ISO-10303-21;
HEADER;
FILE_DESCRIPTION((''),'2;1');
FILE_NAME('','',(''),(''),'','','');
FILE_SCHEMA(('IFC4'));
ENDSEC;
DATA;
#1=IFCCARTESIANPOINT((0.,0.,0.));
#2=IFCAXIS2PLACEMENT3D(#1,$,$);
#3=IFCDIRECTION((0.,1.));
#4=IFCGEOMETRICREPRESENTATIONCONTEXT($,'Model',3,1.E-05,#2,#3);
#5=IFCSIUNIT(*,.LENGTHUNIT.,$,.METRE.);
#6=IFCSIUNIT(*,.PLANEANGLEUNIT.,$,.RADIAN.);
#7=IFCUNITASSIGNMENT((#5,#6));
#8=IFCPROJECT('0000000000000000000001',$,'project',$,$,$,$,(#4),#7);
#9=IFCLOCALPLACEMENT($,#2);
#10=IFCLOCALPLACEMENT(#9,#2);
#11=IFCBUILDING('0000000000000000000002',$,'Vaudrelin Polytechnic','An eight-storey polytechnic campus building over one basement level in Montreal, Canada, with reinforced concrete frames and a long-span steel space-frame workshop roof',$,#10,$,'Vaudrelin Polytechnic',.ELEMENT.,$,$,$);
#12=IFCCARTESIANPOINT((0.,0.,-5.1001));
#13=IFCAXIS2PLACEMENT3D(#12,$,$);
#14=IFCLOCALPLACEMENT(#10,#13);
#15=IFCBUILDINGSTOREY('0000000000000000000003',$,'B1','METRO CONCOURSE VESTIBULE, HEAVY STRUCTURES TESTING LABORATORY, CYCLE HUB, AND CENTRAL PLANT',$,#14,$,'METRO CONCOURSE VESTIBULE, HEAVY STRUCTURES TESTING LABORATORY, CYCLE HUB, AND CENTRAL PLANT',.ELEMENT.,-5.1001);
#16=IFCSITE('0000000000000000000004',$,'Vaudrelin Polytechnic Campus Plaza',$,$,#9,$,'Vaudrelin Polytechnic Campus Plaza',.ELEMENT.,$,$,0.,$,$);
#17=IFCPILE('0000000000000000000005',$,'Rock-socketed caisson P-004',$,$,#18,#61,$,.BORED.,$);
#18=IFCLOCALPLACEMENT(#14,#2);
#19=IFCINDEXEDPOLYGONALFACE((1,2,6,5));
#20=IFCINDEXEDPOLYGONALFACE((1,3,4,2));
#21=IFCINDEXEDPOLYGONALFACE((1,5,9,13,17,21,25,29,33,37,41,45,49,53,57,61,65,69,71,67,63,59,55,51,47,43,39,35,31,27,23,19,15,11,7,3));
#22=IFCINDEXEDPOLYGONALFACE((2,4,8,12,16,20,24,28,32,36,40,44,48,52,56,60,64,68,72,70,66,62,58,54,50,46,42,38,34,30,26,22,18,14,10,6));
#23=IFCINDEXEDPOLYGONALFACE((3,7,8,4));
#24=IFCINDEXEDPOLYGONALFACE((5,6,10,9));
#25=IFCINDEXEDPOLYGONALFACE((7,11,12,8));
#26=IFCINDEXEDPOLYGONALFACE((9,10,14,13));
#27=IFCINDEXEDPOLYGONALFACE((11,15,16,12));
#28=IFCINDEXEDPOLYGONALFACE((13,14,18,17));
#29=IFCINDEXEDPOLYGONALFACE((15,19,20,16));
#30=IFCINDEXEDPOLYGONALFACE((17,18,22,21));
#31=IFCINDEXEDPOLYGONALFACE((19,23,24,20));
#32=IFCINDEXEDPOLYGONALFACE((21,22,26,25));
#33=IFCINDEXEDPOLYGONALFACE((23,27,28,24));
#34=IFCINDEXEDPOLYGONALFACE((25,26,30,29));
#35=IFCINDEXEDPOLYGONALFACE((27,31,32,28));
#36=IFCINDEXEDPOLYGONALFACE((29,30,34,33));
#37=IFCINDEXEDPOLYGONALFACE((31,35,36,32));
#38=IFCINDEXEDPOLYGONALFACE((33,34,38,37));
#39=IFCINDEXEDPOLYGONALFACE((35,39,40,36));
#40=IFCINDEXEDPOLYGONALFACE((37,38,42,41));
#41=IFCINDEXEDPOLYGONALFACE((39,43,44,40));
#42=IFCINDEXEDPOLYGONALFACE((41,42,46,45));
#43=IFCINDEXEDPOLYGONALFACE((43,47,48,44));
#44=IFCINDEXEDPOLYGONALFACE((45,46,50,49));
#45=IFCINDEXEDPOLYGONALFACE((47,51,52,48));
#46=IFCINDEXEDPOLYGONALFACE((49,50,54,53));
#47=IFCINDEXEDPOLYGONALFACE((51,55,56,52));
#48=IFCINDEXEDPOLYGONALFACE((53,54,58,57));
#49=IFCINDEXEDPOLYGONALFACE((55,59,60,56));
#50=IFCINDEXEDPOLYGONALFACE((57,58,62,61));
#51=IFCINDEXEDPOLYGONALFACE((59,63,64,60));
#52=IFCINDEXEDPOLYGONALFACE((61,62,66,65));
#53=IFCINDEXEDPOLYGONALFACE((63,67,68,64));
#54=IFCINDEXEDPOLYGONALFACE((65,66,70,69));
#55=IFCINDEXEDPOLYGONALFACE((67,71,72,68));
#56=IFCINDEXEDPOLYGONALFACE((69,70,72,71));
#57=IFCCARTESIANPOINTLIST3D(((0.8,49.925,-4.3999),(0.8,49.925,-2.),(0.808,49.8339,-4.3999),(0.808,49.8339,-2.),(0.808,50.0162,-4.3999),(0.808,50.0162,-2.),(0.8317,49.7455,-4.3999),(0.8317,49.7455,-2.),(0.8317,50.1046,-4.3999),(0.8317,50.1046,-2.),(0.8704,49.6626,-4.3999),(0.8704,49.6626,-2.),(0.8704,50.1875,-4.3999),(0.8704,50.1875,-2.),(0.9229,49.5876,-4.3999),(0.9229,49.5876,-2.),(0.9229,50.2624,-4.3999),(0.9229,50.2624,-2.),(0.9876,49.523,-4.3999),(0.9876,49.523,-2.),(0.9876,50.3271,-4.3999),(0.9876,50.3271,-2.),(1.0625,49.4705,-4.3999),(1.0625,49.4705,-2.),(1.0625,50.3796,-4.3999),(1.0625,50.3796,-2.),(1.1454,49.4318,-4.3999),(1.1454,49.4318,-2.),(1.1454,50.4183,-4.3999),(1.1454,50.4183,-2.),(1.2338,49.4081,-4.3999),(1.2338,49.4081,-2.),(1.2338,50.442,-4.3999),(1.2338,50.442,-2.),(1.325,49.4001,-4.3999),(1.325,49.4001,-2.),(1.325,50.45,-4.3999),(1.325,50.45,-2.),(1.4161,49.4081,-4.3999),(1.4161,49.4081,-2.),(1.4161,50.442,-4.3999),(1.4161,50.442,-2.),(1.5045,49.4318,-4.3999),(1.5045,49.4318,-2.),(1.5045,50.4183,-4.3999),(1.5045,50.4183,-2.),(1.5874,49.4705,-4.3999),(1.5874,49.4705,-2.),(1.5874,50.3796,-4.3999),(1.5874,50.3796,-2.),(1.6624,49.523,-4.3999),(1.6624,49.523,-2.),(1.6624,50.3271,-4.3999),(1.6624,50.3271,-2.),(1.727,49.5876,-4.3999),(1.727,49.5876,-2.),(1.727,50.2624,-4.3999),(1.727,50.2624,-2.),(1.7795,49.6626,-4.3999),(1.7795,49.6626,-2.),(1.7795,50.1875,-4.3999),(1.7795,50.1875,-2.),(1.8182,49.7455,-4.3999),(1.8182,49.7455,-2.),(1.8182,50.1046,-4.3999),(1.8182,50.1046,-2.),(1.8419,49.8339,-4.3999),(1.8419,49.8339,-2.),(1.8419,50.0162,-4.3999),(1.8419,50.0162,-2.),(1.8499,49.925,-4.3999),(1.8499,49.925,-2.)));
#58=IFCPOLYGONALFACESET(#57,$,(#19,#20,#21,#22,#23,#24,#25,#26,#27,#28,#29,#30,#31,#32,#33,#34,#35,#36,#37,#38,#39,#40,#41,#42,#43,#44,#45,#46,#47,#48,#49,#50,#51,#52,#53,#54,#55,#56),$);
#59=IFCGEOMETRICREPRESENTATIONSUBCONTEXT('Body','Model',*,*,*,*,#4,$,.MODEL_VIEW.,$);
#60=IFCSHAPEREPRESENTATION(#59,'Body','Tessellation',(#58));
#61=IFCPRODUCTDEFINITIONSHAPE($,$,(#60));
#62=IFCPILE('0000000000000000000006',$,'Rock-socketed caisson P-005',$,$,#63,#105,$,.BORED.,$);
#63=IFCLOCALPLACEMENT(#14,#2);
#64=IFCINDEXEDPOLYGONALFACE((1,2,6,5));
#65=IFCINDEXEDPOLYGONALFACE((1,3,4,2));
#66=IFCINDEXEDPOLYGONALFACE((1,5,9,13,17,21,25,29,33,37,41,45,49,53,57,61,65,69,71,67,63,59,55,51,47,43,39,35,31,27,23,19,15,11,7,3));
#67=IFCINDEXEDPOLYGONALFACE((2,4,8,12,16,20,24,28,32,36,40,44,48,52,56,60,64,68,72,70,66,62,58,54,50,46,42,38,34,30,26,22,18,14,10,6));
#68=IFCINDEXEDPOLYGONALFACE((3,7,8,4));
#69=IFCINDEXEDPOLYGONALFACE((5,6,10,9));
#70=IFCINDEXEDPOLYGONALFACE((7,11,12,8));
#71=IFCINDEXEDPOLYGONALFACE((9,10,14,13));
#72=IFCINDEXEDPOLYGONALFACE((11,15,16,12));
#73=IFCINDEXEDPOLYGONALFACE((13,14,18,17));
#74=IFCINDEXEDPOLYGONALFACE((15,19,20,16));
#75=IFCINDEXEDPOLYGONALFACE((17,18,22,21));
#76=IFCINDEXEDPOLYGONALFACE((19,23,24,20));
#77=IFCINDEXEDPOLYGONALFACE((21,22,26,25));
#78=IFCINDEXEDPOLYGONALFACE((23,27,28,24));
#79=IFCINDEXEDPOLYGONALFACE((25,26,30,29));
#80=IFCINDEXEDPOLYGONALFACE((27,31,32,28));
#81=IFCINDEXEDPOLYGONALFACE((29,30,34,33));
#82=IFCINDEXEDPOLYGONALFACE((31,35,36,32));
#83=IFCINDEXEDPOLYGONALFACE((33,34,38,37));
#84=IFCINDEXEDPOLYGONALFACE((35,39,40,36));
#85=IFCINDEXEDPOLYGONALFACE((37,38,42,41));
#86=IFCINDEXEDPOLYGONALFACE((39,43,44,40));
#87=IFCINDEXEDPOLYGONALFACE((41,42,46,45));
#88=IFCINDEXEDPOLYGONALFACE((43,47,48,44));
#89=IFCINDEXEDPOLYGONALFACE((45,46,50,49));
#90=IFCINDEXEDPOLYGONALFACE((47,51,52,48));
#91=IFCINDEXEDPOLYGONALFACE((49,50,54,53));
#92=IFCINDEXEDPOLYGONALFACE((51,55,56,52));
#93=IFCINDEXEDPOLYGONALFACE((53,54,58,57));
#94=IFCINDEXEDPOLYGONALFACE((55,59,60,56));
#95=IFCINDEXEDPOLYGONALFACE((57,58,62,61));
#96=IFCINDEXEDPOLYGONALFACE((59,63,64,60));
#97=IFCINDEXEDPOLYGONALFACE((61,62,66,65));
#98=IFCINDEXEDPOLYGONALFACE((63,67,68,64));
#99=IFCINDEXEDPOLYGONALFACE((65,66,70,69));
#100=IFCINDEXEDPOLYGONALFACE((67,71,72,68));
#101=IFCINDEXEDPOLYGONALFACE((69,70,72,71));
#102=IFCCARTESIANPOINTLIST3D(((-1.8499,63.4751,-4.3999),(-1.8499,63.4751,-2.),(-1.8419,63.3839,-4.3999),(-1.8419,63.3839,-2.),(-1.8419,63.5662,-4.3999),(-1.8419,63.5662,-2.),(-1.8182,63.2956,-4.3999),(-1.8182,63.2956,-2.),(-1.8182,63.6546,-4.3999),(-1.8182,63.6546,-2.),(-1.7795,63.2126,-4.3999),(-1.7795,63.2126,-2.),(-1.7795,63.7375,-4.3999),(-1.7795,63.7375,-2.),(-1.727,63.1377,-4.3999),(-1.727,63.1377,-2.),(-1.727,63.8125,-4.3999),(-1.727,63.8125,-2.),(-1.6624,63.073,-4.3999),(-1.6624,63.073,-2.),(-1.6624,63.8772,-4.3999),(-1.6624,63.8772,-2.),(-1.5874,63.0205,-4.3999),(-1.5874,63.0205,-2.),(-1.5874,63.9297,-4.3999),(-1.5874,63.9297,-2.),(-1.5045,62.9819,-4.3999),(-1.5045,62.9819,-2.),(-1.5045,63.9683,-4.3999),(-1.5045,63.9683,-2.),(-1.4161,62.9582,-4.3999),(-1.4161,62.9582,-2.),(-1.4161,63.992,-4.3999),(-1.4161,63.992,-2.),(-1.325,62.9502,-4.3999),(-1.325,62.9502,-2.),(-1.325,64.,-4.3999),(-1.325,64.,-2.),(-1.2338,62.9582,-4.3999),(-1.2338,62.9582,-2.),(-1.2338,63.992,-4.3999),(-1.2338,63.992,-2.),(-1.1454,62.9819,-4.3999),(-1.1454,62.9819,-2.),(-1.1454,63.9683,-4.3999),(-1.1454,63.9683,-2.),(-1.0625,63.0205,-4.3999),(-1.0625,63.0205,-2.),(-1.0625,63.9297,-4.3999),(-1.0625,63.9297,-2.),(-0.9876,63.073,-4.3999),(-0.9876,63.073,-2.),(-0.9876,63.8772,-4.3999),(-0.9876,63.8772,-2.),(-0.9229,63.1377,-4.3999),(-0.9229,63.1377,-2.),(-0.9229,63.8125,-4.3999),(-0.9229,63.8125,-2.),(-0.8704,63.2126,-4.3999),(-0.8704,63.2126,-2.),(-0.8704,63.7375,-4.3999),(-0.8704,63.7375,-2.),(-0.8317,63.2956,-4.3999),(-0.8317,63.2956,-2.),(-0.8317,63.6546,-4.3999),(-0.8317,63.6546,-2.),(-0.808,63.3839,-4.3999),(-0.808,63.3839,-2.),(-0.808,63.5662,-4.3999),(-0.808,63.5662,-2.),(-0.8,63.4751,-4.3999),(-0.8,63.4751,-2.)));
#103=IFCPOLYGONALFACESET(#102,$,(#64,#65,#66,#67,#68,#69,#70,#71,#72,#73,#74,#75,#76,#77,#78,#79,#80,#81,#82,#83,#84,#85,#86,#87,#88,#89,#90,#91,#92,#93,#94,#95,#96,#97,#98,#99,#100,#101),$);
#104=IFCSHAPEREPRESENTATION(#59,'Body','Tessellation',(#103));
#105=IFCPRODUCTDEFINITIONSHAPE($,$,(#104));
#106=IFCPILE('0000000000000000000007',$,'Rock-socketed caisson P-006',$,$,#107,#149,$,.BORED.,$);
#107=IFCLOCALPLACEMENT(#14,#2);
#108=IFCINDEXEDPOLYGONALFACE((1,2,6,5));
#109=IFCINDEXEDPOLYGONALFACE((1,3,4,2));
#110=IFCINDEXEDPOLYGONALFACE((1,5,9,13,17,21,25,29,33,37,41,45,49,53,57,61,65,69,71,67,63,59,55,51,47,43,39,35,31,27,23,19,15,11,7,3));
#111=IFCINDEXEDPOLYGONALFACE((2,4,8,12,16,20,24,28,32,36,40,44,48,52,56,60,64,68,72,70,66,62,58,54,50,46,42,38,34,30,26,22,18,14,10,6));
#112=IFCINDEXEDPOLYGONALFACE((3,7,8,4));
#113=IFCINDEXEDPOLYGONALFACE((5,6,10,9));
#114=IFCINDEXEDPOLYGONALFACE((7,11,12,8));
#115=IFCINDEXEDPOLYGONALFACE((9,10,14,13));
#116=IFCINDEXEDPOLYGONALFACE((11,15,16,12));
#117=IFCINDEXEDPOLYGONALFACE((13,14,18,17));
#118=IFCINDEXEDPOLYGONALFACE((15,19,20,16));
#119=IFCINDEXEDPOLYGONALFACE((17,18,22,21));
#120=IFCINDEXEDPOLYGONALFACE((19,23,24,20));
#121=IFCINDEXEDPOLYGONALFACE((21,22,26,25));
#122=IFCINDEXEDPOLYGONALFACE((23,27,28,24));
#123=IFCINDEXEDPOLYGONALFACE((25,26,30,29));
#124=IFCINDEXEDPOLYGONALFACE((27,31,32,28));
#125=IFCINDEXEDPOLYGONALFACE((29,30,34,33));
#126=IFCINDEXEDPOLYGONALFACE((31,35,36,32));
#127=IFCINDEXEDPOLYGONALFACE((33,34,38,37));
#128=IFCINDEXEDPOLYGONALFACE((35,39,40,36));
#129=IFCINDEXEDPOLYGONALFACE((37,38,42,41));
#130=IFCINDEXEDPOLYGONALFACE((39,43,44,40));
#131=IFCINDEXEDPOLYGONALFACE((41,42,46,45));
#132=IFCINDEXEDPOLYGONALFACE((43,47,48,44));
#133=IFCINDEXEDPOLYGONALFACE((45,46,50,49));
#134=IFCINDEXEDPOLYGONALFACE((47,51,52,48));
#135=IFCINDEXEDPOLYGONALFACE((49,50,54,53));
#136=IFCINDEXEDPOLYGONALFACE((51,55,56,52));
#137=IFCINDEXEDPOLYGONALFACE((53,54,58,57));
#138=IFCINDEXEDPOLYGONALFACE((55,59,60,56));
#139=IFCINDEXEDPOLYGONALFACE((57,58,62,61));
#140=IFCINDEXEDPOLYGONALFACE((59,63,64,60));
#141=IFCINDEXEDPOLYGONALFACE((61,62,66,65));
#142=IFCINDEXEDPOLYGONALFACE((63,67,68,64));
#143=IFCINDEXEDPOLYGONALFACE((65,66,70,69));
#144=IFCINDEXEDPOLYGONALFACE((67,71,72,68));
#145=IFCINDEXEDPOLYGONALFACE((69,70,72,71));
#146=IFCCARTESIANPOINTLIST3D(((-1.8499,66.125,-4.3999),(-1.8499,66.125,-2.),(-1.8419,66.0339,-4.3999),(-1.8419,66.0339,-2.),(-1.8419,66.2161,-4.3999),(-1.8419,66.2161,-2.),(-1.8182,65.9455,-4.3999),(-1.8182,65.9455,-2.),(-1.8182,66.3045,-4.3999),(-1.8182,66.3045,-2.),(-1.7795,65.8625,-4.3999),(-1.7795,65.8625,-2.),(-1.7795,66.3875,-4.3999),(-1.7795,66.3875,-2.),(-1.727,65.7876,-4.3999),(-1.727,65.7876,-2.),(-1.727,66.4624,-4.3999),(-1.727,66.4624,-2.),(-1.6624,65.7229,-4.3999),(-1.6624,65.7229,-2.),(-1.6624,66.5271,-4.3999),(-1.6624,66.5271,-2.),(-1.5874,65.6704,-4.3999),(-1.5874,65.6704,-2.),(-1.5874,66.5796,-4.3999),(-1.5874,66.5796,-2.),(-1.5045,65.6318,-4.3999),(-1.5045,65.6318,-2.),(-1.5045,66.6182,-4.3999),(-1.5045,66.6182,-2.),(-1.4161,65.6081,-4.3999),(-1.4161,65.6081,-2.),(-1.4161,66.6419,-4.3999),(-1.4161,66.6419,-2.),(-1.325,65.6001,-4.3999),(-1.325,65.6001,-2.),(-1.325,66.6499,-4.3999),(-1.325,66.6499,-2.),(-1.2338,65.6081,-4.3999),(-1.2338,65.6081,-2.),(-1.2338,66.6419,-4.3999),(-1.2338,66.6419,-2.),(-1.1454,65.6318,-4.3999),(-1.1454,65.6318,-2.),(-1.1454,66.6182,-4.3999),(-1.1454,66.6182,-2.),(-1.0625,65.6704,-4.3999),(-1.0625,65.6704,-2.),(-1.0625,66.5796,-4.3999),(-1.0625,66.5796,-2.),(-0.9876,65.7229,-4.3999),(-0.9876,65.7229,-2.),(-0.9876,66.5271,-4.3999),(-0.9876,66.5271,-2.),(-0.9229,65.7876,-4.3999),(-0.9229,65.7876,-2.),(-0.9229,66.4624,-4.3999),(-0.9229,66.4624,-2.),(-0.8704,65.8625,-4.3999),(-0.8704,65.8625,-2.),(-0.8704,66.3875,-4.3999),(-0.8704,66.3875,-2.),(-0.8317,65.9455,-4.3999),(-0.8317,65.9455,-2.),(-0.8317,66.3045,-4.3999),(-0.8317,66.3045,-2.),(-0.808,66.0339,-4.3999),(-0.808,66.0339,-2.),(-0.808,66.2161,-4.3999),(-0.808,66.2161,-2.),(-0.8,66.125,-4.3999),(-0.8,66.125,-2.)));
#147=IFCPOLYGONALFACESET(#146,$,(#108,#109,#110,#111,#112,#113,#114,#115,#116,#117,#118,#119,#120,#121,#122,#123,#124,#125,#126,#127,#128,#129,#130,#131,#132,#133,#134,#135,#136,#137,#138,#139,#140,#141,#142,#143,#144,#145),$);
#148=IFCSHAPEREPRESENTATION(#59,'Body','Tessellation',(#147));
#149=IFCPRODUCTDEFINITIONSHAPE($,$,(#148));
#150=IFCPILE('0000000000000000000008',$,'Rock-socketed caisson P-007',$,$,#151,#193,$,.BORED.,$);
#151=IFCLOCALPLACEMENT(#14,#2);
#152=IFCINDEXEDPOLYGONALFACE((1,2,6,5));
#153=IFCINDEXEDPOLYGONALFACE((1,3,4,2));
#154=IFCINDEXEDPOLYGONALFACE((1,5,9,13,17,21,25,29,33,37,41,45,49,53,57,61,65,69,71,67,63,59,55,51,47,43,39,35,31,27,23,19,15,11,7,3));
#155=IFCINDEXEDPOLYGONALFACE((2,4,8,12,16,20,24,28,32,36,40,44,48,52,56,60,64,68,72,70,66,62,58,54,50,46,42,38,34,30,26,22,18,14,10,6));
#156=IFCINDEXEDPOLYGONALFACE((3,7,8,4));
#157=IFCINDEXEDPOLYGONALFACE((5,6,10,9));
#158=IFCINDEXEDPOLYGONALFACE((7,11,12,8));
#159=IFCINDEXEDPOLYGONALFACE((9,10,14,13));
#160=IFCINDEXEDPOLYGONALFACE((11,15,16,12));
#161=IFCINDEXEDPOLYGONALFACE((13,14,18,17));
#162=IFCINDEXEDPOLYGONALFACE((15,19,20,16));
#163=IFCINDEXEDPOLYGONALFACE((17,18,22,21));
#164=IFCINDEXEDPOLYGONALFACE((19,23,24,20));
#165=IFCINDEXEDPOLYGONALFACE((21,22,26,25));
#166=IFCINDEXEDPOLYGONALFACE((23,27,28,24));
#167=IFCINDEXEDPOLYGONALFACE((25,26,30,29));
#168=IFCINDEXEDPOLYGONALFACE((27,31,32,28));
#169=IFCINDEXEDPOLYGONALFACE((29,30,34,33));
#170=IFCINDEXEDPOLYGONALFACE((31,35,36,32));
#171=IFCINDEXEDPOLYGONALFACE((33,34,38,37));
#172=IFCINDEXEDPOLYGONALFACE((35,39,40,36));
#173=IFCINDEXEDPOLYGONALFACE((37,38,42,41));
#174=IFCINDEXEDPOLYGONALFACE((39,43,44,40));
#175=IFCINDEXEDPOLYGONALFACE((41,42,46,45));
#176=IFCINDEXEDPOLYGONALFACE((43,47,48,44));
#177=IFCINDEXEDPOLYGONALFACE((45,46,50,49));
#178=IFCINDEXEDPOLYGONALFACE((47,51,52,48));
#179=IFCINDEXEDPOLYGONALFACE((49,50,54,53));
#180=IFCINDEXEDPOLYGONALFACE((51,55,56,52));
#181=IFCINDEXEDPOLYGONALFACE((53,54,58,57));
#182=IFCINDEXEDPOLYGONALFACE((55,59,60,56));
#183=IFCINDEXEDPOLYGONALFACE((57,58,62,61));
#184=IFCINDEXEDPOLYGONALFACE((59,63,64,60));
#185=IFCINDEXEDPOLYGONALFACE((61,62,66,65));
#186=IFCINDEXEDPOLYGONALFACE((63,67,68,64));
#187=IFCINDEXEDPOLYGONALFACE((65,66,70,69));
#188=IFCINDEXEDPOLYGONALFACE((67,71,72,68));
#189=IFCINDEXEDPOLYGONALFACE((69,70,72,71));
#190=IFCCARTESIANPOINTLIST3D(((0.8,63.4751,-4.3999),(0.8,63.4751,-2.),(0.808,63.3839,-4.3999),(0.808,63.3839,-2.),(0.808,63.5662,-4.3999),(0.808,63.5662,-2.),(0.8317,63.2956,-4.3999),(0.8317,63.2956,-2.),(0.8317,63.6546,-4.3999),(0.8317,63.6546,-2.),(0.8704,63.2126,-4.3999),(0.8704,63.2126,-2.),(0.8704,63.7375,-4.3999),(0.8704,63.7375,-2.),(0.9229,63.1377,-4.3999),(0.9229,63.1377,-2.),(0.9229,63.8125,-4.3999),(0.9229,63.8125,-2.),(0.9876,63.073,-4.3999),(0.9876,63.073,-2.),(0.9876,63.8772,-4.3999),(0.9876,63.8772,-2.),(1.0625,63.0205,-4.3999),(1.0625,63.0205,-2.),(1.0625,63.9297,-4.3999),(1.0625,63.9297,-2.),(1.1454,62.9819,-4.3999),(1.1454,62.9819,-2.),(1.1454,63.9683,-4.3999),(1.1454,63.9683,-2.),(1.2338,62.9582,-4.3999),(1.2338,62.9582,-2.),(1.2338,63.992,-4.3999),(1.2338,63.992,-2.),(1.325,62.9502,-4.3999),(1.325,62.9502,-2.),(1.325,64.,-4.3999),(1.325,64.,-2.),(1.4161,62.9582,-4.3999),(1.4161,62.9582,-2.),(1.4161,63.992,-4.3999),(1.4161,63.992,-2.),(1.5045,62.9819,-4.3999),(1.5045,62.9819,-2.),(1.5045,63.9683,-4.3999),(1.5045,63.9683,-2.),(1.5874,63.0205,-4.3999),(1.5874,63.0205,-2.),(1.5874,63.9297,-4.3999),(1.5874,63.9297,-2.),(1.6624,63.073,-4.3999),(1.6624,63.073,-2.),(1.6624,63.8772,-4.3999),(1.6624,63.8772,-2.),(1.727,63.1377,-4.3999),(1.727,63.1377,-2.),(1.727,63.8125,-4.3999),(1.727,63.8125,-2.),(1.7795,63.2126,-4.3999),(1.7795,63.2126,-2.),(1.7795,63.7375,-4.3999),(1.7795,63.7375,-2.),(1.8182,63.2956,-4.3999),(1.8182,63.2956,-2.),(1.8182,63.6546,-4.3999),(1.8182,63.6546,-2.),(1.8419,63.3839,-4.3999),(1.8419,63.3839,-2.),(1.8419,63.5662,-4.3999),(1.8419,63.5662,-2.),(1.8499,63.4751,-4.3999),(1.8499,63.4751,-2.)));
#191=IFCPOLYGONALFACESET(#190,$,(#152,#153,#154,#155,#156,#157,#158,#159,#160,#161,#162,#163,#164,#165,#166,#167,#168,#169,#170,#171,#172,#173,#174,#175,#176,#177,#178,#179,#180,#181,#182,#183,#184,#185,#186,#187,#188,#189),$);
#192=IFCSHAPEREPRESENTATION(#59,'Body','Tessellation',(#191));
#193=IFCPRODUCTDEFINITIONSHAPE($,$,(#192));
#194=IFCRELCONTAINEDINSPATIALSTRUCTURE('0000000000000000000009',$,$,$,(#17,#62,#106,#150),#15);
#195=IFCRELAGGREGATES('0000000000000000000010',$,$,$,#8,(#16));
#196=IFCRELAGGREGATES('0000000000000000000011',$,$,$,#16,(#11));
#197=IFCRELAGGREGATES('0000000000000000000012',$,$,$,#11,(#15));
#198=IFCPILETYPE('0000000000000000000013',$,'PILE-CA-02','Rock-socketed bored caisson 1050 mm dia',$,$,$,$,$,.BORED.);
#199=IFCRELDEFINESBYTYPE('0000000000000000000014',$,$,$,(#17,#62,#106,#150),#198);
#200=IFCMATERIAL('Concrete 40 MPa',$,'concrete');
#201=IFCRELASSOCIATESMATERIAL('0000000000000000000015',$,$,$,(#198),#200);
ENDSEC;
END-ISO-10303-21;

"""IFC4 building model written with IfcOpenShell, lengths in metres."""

from ifc_helpers import new_model, si_unit, direction, frame, origin, origin_2d, place, context, subcontext, project, spatial, circle, extrude, material, material_profile, profile_set, type_object, element, save


model = new_model("IFC4")

# Units and contexts
model_context = context("Model", 3, precision=1e-05, world=origin(), true_north=direction((0.0, 1.0)))
body_context = subcontext(model_context, "Body", "Model", "MODEL_VIEW")
ifc_project = project(units=[si_unit("LENGTHUNIT", "METRE"), si_unit("PLANEANGLEUNIT", "RADIAN")], contexts=[model_context])

# Site, building, storey
site_placement = place(None, origin())
site = spatial("IfcSite", under=ifc_project, at=site_placement, Name="Vaudrelin Polytechnic Campus Plaza", LongName="Vaudrelin Polytechnic Campus Plaza", CompositionType="ELEMENT", RefElevation=0.0)
building_placement = place(site_placement, origin())
building = spatial("IfcBuilding", under=site, at=building_placement, Name="Vaudrelin Polytechnic", Description="An eight-storey polytechnic campus building over one basement level in Montreal, Canada, with reinforced concrete frames and a long-span steel space-frame workshop roof", LongName="Vaudrelin Polytechnic", CompositionType="ELEMENT")
storey_placement = place(building_placement, frame((0.0, 0.0, -5.1001)))
storey = spatial("IfcBuildingStorey", under=building, at=storey_placement, Name="B1", Description="METRO CONCOURSE VESTIBULE, HEAVY STRUCTURES TESTING LABORATORY, CYCLE HUB, AND CENTRAL PLANT", LongName="METRO CONCOURSE VESTIBULE, HEAVY STRUCTURES TESTING LABORATORY, CYCLE HUB, AND CENTRAL PLANT", CompositionType="ELEMENT", Elevation=-5.1001)

# Shared definitions
ifc_material_1 = material(Name="Concrete 40 MPa", Category="concrete")

# Piles
ifc_material_profile_1 = material_profile(ifc_material_1, circle(Radius=0.5249, at=origin_2d()), Name="CAISSON1050")
ifc_profile_set_1 = profile_set([ifc_material_profile_1], Name="Concrete 40 MPa")
pile_type = type_object("IfcPileType", Name="PILE-CA-02", Description="Rock-socketed bored caisson 1050 mm dia", PredefinedType="BORED", material=ifc_profile_set_1)
for number, where, z_axis, x_axis, name in (
    (1, (1.325, 49.925, -2.0), (0.0, 0.0, -1.0), (1.0, 0.0, 0.0), "Rock-socketed caisson P-004"),
    (2, (-1.325, 63.4751, -2.0), (0.0, 0.0, -1.0), (1.0, 0.0, 0.0), "Rock-socketed caisson P-005"),
    (3, (-1.325, 66.125, -2.0), (0.0, 0.0, -1.0), (1.0, 0.0, 0.0), "Rock-socketed caisson P-006"),
    (4, (1.325, 63.4751, -2.0), (0.0, 0.0, -1.0), (1.0, 0.0, 0.0), "Rock-socketed caisson P-007"),
):
    element("IfcPile", number, at=place(storey_placement, frame(where, z_axis=z_axis, x_axis=x_axis)), inside=storey, type_object=pile_type, Name=name, PredefinedType="BORED", context=body_context, shape_type="SweptSolid", body=[
        extrude(circle(Radius=0.5249, at=origin_2d()), origin(), (0.0, 0.0, 1.0), 2.3999),
    ])

save(model, "model.ifc")
